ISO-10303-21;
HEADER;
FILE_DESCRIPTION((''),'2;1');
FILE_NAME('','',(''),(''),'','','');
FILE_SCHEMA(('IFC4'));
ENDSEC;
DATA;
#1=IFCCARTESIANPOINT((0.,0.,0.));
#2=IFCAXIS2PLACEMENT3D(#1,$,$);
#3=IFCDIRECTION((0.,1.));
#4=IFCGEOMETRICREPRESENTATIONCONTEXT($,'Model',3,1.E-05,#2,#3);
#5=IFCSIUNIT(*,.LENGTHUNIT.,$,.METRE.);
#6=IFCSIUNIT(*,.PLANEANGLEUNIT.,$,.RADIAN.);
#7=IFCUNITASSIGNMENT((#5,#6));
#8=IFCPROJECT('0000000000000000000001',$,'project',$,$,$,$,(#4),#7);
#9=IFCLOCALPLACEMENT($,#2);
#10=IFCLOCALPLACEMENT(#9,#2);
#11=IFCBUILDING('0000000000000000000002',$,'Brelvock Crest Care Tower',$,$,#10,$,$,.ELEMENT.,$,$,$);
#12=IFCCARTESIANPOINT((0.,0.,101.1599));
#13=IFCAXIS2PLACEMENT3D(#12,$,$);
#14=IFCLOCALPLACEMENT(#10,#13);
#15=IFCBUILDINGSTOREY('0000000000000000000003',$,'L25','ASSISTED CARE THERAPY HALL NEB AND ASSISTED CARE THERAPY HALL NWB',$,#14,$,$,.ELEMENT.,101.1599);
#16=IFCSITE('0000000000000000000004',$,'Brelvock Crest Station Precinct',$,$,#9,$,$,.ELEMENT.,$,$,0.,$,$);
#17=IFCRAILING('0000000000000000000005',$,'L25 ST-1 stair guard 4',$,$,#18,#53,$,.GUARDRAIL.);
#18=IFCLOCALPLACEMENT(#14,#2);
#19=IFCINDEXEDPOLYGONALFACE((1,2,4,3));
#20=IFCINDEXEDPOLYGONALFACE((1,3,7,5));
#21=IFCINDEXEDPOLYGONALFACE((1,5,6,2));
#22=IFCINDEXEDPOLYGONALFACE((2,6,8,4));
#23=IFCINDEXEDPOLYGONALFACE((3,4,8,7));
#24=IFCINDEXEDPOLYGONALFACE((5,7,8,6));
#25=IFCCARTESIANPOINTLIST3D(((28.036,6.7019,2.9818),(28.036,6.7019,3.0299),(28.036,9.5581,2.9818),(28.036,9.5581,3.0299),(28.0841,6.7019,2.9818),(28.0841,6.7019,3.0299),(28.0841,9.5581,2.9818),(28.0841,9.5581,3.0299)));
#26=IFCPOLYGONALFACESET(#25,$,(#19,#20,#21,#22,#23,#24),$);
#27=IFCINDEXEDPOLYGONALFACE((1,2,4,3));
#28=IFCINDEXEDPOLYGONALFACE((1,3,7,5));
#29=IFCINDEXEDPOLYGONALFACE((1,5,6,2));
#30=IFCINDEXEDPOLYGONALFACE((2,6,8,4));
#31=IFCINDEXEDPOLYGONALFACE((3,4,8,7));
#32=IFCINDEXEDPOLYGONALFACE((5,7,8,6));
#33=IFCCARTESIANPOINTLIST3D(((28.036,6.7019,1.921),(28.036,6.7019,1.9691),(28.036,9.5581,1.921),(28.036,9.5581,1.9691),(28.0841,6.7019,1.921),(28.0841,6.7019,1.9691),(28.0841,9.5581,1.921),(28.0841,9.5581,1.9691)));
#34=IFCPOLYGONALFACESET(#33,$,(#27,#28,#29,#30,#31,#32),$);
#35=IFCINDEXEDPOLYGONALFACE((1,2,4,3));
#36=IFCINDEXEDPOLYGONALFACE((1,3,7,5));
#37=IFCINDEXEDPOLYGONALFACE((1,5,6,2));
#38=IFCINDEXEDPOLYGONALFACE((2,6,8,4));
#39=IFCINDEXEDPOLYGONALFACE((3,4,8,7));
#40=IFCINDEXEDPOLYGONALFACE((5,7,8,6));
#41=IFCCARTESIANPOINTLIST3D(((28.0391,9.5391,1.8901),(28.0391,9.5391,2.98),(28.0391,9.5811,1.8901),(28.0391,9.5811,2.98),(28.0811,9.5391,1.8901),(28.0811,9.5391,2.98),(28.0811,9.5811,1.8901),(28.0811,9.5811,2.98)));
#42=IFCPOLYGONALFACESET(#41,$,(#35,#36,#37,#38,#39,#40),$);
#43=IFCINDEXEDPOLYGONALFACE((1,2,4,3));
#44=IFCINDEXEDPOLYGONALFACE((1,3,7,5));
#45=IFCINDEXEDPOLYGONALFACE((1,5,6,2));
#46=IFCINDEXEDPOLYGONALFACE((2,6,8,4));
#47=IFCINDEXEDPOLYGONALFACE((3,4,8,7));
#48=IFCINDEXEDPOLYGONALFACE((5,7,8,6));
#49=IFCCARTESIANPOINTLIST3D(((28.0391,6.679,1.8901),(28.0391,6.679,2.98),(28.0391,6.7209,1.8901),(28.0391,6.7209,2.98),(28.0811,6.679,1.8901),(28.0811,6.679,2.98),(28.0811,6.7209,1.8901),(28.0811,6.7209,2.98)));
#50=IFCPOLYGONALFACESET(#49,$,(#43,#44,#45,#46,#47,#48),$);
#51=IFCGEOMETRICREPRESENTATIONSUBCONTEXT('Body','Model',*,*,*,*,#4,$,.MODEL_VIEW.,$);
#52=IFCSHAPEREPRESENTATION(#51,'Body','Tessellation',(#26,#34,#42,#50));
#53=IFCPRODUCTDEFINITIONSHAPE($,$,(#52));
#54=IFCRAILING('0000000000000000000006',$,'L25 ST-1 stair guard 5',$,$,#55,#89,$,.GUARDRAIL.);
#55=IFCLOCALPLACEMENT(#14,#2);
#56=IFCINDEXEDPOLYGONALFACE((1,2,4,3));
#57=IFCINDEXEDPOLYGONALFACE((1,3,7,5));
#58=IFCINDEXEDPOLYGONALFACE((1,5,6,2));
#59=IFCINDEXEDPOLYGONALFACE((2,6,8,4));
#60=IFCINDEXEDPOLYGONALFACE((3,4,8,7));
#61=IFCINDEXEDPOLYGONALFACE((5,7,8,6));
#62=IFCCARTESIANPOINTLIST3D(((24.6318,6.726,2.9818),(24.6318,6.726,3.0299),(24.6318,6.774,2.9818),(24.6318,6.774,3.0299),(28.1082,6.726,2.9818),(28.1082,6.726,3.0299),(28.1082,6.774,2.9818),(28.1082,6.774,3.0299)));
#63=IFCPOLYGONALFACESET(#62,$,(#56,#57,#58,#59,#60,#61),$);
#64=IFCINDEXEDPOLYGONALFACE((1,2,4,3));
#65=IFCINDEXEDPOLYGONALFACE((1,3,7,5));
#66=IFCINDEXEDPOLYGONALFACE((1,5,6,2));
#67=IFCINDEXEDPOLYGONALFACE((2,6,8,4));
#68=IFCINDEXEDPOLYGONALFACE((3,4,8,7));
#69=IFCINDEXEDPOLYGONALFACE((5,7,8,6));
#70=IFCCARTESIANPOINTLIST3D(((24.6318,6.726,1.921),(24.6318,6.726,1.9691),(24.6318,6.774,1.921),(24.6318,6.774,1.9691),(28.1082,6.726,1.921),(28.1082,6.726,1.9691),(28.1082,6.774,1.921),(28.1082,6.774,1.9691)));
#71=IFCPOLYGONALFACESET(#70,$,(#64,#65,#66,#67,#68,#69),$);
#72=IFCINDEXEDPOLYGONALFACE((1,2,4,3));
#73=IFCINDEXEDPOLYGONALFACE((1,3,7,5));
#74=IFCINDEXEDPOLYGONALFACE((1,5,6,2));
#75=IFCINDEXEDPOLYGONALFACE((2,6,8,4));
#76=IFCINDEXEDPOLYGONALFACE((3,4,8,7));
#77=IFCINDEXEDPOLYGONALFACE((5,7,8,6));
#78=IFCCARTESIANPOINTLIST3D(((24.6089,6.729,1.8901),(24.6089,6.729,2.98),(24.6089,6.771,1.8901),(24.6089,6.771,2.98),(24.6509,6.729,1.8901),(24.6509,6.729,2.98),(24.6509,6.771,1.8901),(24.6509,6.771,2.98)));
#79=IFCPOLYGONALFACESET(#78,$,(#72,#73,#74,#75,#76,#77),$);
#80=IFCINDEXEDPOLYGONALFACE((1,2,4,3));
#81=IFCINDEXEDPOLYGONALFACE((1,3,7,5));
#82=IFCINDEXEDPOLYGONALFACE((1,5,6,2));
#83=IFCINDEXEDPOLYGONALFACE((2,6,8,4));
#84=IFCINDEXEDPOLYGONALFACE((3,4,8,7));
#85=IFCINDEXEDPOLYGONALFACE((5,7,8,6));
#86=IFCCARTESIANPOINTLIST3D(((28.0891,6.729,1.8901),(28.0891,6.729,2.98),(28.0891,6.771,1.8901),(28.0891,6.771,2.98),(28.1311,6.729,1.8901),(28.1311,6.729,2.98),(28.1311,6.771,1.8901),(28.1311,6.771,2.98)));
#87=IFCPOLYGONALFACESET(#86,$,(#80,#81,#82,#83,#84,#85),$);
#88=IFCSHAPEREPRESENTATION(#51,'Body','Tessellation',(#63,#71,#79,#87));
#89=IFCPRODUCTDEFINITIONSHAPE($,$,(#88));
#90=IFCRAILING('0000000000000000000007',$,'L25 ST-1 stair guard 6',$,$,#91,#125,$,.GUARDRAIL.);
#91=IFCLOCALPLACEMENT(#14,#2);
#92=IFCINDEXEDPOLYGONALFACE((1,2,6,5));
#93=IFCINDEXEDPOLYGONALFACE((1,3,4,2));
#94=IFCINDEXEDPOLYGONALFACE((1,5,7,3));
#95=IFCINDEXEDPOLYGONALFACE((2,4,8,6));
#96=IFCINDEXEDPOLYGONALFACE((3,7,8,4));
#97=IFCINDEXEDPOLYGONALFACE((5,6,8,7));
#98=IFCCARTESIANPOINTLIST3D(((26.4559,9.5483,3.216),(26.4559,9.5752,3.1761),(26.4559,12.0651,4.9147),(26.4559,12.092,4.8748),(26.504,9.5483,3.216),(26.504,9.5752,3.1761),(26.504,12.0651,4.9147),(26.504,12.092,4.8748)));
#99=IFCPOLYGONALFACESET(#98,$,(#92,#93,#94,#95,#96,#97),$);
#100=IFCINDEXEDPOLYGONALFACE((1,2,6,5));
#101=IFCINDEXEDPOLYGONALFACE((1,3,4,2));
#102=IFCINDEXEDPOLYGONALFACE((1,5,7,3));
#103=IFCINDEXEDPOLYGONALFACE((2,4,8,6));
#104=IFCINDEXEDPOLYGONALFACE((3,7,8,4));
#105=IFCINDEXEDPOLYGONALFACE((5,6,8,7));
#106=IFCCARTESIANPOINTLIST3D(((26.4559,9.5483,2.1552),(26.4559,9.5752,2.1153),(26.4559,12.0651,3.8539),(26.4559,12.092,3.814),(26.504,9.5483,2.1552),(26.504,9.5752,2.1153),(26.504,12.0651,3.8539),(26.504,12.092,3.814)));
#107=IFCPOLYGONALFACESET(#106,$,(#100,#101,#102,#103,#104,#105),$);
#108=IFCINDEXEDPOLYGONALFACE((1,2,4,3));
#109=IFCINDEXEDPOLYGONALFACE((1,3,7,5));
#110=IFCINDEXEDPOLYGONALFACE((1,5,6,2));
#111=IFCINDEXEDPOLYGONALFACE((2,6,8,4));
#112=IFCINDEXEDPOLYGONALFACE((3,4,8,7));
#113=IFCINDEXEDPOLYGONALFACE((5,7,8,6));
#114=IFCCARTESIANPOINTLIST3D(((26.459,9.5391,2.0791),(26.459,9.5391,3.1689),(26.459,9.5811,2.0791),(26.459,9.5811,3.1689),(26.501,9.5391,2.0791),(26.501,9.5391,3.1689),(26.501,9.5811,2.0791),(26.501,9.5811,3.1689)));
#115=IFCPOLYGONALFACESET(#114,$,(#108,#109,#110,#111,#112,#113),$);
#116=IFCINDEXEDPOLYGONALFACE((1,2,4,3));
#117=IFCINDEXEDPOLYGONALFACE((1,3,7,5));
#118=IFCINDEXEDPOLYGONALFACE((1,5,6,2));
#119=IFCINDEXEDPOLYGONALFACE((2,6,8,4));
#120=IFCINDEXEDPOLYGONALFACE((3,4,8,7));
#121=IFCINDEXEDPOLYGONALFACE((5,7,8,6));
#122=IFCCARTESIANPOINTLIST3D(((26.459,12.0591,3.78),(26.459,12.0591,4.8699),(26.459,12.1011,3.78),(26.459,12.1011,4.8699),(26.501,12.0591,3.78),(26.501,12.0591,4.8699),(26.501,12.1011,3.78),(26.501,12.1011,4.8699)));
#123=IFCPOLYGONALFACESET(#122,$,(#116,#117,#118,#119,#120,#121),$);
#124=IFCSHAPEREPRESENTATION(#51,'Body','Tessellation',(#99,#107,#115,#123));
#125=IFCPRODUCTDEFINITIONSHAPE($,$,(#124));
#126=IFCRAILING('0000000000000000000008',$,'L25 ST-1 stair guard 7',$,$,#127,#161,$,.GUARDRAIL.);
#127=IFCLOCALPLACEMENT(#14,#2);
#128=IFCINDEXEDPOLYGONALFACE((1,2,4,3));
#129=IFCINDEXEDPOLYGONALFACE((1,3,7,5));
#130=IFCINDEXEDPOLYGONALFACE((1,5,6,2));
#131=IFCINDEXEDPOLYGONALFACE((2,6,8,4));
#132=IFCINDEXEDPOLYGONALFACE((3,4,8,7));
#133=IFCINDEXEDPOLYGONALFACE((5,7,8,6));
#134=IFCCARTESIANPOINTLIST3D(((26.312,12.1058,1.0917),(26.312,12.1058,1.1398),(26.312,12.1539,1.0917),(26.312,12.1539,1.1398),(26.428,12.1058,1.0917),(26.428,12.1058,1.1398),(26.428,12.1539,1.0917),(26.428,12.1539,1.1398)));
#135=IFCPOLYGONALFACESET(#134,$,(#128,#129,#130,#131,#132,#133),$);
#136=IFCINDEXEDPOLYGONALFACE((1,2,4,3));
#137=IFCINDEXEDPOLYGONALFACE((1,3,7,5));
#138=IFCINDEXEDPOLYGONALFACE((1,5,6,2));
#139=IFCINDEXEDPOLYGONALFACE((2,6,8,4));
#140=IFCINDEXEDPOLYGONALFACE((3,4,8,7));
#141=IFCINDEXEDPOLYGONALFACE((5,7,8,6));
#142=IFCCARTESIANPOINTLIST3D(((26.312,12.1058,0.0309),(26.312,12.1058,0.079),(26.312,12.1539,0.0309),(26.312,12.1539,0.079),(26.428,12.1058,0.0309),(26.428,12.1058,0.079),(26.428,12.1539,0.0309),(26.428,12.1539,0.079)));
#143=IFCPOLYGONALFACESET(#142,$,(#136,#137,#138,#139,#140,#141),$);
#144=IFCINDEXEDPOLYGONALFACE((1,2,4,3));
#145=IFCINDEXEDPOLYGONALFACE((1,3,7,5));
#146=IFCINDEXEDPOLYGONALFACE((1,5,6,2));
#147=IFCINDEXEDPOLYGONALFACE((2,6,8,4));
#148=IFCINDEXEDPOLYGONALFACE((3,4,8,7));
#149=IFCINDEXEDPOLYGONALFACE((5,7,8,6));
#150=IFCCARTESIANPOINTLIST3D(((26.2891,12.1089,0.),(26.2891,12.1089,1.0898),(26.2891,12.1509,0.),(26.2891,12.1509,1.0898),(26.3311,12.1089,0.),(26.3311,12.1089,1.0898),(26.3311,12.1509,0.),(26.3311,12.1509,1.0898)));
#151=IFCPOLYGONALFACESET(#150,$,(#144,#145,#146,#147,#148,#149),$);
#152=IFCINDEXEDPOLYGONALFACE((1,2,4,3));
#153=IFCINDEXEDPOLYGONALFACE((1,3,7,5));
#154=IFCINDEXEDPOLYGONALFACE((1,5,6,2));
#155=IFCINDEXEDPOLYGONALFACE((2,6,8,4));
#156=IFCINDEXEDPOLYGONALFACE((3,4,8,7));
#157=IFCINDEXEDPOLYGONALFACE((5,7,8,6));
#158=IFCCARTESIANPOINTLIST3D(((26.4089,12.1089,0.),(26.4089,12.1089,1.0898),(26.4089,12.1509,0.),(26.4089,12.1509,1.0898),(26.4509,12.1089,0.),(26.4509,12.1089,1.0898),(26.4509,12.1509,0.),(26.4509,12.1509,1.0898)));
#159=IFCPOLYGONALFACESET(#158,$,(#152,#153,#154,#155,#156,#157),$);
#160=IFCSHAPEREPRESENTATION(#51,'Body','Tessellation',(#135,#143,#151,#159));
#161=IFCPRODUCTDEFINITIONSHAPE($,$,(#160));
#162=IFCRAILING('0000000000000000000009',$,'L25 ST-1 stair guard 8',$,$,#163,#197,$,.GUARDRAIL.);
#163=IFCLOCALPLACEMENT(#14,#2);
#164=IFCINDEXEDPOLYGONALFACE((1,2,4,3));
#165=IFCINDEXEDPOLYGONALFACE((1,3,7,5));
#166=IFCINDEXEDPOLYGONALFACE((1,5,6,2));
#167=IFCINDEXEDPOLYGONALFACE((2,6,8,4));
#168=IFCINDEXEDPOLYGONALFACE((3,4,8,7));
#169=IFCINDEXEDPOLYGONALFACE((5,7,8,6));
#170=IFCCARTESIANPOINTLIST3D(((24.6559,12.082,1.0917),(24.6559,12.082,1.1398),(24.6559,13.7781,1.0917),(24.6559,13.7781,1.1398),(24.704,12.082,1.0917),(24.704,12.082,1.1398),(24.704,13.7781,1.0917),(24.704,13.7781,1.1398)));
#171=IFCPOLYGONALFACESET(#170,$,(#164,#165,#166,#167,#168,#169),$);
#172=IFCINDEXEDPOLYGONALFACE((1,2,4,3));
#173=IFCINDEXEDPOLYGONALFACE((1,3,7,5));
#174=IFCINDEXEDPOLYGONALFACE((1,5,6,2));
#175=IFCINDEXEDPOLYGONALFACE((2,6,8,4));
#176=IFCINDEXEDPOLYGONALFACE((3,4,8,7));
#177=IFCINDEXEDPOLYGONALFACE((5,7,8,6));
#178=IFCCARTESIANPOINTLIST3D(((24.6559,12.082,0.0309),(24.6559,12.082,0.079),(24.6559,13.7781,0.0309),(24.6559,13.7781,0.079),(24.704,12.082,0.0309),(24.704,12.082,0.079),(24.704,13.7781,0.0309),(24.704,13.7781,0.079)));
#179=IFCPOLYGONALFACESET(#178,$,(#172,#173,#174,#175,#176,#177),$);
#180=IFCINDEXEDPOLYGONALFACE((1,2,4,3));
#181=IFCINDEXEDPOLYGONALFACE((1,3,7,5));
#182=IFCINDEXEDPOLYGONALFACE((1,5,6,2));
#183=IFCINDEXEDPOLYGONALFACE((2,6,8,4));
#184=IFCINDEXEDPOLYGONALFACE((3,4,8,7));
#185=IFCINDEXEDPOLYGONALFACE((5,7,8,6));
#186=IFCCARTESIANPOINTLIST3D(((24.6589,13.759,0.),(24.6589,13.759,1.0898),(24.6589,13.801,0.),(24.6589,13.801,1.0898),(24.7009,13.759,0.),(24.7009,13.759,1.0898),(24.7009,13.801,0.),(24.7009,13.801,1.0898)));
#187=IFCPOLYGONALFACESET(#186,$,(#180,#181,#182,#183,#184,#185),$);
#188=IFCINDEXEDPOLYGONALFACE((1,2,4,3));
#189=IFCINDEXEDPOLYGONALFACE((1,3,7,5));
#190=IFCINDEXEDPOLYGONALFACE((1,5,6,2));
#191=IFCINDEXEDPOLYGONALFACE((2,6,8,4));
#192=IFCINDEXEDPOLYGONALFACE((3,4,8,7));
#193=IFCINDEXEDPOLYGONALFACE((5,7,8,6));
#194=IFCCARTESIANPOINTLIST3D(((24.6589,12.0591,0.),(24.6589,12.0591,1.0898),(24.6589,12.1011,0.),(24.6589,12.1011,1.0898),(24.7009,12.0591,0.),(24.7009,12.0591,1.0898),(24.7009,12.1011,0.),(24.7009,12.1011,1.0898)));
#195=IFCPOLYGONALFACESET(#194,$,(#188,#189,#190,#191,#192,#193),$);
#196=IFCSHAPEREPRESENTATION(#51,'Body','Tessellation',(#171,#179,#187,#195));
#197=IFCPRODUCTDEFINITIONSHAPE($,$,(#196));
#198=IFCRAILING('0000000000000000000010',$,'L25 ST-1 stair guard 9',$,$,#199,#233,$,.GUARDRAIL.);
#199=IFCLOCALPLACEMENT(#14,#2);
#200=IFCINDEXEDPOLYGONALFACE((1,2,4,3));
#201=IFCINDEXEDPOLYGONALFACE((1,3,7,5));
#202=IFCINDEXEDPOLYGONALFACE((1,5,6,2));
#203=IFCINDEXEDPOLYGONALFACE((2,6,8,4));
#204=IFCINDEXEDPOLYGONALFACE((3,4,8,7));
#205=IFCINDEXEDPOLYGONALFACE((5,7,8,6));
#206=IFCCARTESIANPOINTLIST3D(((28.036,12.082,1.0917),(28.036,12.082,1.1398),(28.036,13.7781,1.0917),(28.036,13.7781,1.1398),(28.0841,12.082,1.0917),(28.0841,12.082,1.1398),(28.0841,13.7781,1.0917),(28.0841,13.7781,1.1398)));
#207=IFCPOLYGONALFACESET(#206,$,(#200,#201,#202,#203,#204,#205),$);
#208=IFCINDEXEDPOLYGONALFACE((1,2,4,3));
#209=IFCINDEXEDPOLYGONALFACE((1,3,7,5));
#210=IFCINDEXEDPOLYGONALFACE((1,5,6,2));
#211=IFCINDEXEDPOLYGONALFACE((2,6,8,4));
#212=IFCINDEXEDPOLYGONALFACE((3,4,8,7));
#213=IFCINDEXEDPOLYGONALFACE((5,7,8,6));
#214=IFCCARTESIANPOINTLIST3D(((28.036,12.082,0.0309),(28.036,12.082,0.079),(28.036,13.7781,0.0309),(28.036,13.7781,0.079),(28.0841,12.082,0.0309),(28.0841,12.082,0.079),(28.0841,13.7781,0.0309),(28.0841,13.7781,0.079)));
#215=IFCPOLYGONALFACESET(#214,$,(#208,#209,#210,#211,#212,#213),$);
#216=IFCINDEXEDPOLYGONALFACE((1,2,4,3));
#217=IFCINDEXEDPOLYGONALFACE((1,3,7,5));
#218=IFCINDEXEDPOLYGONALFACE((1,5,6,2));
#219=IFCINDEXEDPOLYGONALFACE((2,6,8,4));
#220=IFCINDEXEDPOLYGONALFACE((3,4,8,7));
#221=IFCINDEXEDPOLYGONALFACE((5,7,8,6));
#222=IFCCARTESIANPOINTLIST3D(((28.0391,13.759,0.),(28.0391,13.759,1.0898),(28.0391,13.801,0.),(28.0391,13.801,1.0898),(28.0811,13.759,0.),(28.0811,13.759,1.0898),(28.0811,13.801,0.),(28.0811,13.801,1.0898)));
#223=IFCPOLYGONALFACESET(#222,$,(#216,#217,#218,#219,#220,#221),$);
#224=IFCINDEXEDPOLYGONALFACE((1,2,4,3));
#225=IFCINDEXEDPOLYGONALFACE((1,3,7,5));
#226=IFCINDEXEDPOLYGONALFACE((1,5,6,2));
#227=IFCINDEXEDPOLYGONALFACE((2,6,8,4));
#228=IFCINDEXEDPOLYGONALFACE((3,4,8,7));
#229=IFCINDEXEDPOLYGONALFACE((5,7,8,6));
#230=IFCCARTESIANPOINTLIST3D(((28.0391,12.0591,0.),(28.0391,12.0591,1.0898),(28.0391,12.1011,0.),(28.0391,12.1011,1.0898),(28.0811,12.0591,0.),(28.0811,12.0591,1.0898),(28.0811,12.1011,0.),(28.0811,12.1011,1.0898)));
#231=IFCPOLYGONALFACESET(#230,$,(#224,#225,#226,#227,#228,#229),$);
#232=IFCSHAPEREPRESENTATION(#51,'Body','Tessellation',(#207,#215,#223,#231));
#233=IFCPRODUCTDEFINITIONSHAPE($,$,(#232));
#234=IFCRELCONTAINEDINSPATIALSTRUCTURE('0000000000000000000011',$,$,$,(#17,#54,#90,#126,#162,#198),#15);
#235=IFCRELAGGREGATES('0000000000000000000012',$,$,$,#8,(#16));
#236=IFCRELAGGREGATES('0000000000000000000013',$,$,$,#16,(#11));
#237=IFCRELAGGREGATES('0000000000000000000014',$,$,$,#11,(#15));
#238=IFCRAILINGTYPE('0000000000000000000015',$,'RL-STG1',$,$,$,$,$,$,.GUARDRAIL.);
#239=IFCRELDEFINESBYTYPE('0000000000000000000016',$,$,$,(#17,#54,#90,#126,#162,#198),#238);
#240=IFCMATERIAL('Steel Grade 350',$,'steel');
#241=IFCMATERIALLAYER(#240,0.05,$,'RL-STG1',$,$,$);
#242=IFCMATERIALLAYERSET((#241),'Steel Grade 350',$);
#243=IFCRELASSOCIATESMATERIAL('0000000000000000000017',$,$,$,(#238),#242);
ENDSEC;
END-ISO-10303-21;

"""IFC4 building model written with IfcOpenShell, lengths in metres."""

from ifc_helpers import new_model, si_unit, direction, frame, origin, origin_2d, place, context, subcontext, project, spatial, rectangle, extrude, material, layer, layer_set, type_object, element, save


model = new_model("IFC4")

# Units and contexts
model_context = context("Model", 3, precision=1e-05, world=origin(), true_north=direction((0.0, 1.0)))
body_context = subcontext(model_context, "Body", "Model", "MODEL_VIEW")
ifc_project = project(units=[si_unit("LENGTHUNIT", "METRE"), si_unit("PLANEANGLEUNIT", "RADIAN")], contexts=[model_context])

# Site, building, storey
site_placement = place(None, origin())
site = spatial("IfcSite", under=ifc_project, at=site_placement, Name="Brelvock Crest Station Precinct", CompositionType="ELEMENT", RefElevation=0.0)
building_placement = place(site_placement, origin())
building = spatial("IfcBuilding", under=site, at=building_placement, Name="Brelvock Crest Care Tower", CompositionType="ELEMENT")
storey_placement = place(building_placement, frame((0.0, 0.0, 101.1599)))
storey = spatial("IfcBuildingStorey", under=building, at=storey_placement, Name="L25", Description="ASSISTED CARE THERAPY HALL NEB AND ASSISTED CARE THERAPY HALL NWB", CompositionType="ELEMENT", Elevation=101.1599)

# Shared definitions
ifc_material_1 = material(Name="Steel Grade 350", Category="steel")

# Railings
ifc_layer_1 = layer(ifc_material_1, 0.05, Name="RL-STG1")
ifc_layer_set_1 = layer_set([ifc_layer_1], Name="Steel Grade 350")
railing_type_1 = type_object("IfcRailingType", Name="RL-STG1", PredefinedType="GUARDRAIL", material=ifc_layer_set_1)
for number, where, name in (
    (1, (28.0601, 9.5601, 1.8901), "L25 ST-1 stair guard 4"),
):
    element("IfcRailing", number, at=place(storey_placement, frame(where)), inside=storey, type_object=railing_type_1, Name=name, PredefinedType="GUARDRAIL", context=body_context, shape_type="SweptSolid", body=[
        extrude(rectangle(XDim=0.0481, YDim=0.0481, at=origin_2d()), frame((0.0, -0.002, 1.1157), z_axis=(0.0, -1.0, 0.0), x_axis=(1.0, 0.0, 0.0)), (0.0, 0.0, 1.0), 2.8562),
        extrude(rectangle(XDim=0.0481, YDim=0.0481, at=origin_2d()), frame((0.0, -0.002, 0.0549), z_axis=(0.0, -1.0, 0.0), x_axis=(1.0, 0.0, 0.0)), (0.0, 0.0, 1.0), 2.8562),
        extrude(rectangle(XDim=0.042, YDim=0.042, at=origin_2d()), origin(), (0.0, 0.0, 1.0), 1.0898),
        extrude(rectangle(XDim=0.042, YDim=0.042, at=origin_2d()), frame((0.0, -2.8601, 0.0)), (0.0, 0.0, 1.0), 1.0898),
    ])
railing_1_placement = place(storey_placement, frame((24.6299, 6.75, 1.8901)))
element("IfcRailing", 2, at=railing_1_placement, inside=storey, type_object=railing_type_1, Name="L25 ST-1 stair guard 5", PredefinedType="GUARDRAIL", context=body_context, shape_type="SweptSolid", body=[
    extrude(rectangle(XDim=0.0481, YDim=0.0481, at=origin_2d()), frame((0.002, 0.0, 1.1157), z_axis=(1.0, 0.0, 0.0), x_axis=(0.0, 1.0, 0.0)), (0.0, 0.0, 1.0), 3.4763),
    extrude(rectangle(XDim=0.0481, YDim=0.0481, at=origin_2d()), frame((0.002, 0.0, 0.0549), z_axis=(1.0, 0.0, 0.0), x_axis=(0.0, 1.0, 0.0)), (0.0, 0.0, 1.0), 3.4763),
    extrude(rectangle(XDim=0.042, YDim=0.042, at=origin_2d()), origin(), (0.0, 0.0, 1.0), 1.0898),
    extrude(rectangle(XDim=0.042, YDim=0.042, at=origin_2d()), frame((3.4802, 0.0, 0.0)), (0.0, 0.0, 1.0), 1.0898),
])
railing_2_placement = place(storey_placement, frame((26.48, 9.5601, 2.0791)))
element("IfcRailing", 3, at=railing_2_placement, inside=storey, type_object=railing_type_1, Name="L25 ST-1 stair guard 6", PredefinedType="GUARDRAIL", context=body_context, shape_type="SweptSolid", body=[
    extrude(rectangle(XDim=0.0481, YDim=0.0481, at=origin_2d()), frame((0.0, 0.0017, 1.1169), z_axis=(0.0, 0.828862, 0.559454), x_axis=(-1.0, 0.0, 0.0)), (0.0, 0.0, 1.0), 3.0364),
    extrude(rectangle(XDim=0.0481, YDim=0.0481, at=origin_2d()), frame((0.0, 0.0017, 0.0562), z_axis=(0.0, 0.828862, 0.559454), x_axis=(-1.0, 0.0, 0.0)), (0.0, 0.0, 1.0), 3.0364),
    extrude(rectangle(XDim=0.042, YDim=0.042, at=origin_2d()), origin(), (0.0, 0.0, 1.0), 1.0898),
    extrude(rectangle(XDim=0.042, YDim=0.042, at=origin_2d()), frame((0.0, 2.52, 1.7009)), (0.0, 0.0, 1.0), 1.0898),
])
railing_3_placement = place(storey_placement, frame((26.3101, 12.1299, 0.0)))
element("IfcRailing", 4, at=railing_3_placement, inside=storey, type_object=railing_type_1, Name="L25 ST-1 stair guard 7", PredefinedType="GUARDRAIL", context=body_context, shape_type="SweptSolid", body=[
    extrude(rectangle(XDim=0.0481, YDim=0.0481, at=origin_2d()), frame((0.002, 0.0, 1.1157), z_axis=(1.0, 0.0, 0.0), x_axis=(0.0, 1.0, 0.0)), (0.0, 0.0, 1.0), 0.116),
    extrude(rectangle(XDim=0.0481, YDim=0.0481, at=origin_2d()), frame((0.002, 0.0, 0.0549), z_axis=(1.0, 0.0, 0.0), x_axis=(0.0, 1.0, 0.0)), (0.0, 0.0, 1.0), 0.116),
    extrude(rectangle(XDim=0.042, YDim=0.042, at=origin_2d()), origin(), (0.0, 0.0, 1.0), 1.0898),
    extrude(rectangle(XDim=0.042, YDim=0.042, at=origin_2d()), frame((0.1199, 0.0, 0.0)), (0.0, 0.0, 1.0), 1.0898),
])
for number, where, name in (
    (5, (24.6799, 13.78, 0.0), "L25 ST-1 stair guard 8"),
    (6, (28.0601, 13.78, 0.0), "L25 ST-1 stair guard 9"),
):
    element("IfcRailing", number, at=place(storey_placement, frame(where)), inside=storey, type_object=railing_type_1, Name=name, PredefinedType="GUARDRAIL", context=body_context, shape_type="SweptSolid", body=[
        extrude(rectangle(XDim=0.0481, YDim=0.0481, at=origin_2d()), frame((0.0, -0.002, 1.1157), z_axis=(0.0, -1.0, 0.0), x_axis=(1.0, 0.0, 0.0)), (0.0, 0.0, 1.0), 1.696),
        extrude(rectangle(XDim=0.0481, YDim=0.0481, at=origin_2d()), frame((0.0, -0.002, 0.0549), z_axis=(0.0, -1.0, 0.0), x_axis=(1.0, 0.0, 0.0)), (0.0, 0.0, 1.0), 1.696),
        extrude(rectangle(XDim=0.042, YDim=0.042, at=origin_2d()), origin(), (0.0, 0.0, 1.0), 1.0898),
        extrude(rectangle(XDim=0.042, YDim=0.042, at=origin_2d()), frame((0.0, -1.7, 0.0)), (0.0, 0.0, 1.0), 1.0898),
    ])

save(model, "model.ifc")
